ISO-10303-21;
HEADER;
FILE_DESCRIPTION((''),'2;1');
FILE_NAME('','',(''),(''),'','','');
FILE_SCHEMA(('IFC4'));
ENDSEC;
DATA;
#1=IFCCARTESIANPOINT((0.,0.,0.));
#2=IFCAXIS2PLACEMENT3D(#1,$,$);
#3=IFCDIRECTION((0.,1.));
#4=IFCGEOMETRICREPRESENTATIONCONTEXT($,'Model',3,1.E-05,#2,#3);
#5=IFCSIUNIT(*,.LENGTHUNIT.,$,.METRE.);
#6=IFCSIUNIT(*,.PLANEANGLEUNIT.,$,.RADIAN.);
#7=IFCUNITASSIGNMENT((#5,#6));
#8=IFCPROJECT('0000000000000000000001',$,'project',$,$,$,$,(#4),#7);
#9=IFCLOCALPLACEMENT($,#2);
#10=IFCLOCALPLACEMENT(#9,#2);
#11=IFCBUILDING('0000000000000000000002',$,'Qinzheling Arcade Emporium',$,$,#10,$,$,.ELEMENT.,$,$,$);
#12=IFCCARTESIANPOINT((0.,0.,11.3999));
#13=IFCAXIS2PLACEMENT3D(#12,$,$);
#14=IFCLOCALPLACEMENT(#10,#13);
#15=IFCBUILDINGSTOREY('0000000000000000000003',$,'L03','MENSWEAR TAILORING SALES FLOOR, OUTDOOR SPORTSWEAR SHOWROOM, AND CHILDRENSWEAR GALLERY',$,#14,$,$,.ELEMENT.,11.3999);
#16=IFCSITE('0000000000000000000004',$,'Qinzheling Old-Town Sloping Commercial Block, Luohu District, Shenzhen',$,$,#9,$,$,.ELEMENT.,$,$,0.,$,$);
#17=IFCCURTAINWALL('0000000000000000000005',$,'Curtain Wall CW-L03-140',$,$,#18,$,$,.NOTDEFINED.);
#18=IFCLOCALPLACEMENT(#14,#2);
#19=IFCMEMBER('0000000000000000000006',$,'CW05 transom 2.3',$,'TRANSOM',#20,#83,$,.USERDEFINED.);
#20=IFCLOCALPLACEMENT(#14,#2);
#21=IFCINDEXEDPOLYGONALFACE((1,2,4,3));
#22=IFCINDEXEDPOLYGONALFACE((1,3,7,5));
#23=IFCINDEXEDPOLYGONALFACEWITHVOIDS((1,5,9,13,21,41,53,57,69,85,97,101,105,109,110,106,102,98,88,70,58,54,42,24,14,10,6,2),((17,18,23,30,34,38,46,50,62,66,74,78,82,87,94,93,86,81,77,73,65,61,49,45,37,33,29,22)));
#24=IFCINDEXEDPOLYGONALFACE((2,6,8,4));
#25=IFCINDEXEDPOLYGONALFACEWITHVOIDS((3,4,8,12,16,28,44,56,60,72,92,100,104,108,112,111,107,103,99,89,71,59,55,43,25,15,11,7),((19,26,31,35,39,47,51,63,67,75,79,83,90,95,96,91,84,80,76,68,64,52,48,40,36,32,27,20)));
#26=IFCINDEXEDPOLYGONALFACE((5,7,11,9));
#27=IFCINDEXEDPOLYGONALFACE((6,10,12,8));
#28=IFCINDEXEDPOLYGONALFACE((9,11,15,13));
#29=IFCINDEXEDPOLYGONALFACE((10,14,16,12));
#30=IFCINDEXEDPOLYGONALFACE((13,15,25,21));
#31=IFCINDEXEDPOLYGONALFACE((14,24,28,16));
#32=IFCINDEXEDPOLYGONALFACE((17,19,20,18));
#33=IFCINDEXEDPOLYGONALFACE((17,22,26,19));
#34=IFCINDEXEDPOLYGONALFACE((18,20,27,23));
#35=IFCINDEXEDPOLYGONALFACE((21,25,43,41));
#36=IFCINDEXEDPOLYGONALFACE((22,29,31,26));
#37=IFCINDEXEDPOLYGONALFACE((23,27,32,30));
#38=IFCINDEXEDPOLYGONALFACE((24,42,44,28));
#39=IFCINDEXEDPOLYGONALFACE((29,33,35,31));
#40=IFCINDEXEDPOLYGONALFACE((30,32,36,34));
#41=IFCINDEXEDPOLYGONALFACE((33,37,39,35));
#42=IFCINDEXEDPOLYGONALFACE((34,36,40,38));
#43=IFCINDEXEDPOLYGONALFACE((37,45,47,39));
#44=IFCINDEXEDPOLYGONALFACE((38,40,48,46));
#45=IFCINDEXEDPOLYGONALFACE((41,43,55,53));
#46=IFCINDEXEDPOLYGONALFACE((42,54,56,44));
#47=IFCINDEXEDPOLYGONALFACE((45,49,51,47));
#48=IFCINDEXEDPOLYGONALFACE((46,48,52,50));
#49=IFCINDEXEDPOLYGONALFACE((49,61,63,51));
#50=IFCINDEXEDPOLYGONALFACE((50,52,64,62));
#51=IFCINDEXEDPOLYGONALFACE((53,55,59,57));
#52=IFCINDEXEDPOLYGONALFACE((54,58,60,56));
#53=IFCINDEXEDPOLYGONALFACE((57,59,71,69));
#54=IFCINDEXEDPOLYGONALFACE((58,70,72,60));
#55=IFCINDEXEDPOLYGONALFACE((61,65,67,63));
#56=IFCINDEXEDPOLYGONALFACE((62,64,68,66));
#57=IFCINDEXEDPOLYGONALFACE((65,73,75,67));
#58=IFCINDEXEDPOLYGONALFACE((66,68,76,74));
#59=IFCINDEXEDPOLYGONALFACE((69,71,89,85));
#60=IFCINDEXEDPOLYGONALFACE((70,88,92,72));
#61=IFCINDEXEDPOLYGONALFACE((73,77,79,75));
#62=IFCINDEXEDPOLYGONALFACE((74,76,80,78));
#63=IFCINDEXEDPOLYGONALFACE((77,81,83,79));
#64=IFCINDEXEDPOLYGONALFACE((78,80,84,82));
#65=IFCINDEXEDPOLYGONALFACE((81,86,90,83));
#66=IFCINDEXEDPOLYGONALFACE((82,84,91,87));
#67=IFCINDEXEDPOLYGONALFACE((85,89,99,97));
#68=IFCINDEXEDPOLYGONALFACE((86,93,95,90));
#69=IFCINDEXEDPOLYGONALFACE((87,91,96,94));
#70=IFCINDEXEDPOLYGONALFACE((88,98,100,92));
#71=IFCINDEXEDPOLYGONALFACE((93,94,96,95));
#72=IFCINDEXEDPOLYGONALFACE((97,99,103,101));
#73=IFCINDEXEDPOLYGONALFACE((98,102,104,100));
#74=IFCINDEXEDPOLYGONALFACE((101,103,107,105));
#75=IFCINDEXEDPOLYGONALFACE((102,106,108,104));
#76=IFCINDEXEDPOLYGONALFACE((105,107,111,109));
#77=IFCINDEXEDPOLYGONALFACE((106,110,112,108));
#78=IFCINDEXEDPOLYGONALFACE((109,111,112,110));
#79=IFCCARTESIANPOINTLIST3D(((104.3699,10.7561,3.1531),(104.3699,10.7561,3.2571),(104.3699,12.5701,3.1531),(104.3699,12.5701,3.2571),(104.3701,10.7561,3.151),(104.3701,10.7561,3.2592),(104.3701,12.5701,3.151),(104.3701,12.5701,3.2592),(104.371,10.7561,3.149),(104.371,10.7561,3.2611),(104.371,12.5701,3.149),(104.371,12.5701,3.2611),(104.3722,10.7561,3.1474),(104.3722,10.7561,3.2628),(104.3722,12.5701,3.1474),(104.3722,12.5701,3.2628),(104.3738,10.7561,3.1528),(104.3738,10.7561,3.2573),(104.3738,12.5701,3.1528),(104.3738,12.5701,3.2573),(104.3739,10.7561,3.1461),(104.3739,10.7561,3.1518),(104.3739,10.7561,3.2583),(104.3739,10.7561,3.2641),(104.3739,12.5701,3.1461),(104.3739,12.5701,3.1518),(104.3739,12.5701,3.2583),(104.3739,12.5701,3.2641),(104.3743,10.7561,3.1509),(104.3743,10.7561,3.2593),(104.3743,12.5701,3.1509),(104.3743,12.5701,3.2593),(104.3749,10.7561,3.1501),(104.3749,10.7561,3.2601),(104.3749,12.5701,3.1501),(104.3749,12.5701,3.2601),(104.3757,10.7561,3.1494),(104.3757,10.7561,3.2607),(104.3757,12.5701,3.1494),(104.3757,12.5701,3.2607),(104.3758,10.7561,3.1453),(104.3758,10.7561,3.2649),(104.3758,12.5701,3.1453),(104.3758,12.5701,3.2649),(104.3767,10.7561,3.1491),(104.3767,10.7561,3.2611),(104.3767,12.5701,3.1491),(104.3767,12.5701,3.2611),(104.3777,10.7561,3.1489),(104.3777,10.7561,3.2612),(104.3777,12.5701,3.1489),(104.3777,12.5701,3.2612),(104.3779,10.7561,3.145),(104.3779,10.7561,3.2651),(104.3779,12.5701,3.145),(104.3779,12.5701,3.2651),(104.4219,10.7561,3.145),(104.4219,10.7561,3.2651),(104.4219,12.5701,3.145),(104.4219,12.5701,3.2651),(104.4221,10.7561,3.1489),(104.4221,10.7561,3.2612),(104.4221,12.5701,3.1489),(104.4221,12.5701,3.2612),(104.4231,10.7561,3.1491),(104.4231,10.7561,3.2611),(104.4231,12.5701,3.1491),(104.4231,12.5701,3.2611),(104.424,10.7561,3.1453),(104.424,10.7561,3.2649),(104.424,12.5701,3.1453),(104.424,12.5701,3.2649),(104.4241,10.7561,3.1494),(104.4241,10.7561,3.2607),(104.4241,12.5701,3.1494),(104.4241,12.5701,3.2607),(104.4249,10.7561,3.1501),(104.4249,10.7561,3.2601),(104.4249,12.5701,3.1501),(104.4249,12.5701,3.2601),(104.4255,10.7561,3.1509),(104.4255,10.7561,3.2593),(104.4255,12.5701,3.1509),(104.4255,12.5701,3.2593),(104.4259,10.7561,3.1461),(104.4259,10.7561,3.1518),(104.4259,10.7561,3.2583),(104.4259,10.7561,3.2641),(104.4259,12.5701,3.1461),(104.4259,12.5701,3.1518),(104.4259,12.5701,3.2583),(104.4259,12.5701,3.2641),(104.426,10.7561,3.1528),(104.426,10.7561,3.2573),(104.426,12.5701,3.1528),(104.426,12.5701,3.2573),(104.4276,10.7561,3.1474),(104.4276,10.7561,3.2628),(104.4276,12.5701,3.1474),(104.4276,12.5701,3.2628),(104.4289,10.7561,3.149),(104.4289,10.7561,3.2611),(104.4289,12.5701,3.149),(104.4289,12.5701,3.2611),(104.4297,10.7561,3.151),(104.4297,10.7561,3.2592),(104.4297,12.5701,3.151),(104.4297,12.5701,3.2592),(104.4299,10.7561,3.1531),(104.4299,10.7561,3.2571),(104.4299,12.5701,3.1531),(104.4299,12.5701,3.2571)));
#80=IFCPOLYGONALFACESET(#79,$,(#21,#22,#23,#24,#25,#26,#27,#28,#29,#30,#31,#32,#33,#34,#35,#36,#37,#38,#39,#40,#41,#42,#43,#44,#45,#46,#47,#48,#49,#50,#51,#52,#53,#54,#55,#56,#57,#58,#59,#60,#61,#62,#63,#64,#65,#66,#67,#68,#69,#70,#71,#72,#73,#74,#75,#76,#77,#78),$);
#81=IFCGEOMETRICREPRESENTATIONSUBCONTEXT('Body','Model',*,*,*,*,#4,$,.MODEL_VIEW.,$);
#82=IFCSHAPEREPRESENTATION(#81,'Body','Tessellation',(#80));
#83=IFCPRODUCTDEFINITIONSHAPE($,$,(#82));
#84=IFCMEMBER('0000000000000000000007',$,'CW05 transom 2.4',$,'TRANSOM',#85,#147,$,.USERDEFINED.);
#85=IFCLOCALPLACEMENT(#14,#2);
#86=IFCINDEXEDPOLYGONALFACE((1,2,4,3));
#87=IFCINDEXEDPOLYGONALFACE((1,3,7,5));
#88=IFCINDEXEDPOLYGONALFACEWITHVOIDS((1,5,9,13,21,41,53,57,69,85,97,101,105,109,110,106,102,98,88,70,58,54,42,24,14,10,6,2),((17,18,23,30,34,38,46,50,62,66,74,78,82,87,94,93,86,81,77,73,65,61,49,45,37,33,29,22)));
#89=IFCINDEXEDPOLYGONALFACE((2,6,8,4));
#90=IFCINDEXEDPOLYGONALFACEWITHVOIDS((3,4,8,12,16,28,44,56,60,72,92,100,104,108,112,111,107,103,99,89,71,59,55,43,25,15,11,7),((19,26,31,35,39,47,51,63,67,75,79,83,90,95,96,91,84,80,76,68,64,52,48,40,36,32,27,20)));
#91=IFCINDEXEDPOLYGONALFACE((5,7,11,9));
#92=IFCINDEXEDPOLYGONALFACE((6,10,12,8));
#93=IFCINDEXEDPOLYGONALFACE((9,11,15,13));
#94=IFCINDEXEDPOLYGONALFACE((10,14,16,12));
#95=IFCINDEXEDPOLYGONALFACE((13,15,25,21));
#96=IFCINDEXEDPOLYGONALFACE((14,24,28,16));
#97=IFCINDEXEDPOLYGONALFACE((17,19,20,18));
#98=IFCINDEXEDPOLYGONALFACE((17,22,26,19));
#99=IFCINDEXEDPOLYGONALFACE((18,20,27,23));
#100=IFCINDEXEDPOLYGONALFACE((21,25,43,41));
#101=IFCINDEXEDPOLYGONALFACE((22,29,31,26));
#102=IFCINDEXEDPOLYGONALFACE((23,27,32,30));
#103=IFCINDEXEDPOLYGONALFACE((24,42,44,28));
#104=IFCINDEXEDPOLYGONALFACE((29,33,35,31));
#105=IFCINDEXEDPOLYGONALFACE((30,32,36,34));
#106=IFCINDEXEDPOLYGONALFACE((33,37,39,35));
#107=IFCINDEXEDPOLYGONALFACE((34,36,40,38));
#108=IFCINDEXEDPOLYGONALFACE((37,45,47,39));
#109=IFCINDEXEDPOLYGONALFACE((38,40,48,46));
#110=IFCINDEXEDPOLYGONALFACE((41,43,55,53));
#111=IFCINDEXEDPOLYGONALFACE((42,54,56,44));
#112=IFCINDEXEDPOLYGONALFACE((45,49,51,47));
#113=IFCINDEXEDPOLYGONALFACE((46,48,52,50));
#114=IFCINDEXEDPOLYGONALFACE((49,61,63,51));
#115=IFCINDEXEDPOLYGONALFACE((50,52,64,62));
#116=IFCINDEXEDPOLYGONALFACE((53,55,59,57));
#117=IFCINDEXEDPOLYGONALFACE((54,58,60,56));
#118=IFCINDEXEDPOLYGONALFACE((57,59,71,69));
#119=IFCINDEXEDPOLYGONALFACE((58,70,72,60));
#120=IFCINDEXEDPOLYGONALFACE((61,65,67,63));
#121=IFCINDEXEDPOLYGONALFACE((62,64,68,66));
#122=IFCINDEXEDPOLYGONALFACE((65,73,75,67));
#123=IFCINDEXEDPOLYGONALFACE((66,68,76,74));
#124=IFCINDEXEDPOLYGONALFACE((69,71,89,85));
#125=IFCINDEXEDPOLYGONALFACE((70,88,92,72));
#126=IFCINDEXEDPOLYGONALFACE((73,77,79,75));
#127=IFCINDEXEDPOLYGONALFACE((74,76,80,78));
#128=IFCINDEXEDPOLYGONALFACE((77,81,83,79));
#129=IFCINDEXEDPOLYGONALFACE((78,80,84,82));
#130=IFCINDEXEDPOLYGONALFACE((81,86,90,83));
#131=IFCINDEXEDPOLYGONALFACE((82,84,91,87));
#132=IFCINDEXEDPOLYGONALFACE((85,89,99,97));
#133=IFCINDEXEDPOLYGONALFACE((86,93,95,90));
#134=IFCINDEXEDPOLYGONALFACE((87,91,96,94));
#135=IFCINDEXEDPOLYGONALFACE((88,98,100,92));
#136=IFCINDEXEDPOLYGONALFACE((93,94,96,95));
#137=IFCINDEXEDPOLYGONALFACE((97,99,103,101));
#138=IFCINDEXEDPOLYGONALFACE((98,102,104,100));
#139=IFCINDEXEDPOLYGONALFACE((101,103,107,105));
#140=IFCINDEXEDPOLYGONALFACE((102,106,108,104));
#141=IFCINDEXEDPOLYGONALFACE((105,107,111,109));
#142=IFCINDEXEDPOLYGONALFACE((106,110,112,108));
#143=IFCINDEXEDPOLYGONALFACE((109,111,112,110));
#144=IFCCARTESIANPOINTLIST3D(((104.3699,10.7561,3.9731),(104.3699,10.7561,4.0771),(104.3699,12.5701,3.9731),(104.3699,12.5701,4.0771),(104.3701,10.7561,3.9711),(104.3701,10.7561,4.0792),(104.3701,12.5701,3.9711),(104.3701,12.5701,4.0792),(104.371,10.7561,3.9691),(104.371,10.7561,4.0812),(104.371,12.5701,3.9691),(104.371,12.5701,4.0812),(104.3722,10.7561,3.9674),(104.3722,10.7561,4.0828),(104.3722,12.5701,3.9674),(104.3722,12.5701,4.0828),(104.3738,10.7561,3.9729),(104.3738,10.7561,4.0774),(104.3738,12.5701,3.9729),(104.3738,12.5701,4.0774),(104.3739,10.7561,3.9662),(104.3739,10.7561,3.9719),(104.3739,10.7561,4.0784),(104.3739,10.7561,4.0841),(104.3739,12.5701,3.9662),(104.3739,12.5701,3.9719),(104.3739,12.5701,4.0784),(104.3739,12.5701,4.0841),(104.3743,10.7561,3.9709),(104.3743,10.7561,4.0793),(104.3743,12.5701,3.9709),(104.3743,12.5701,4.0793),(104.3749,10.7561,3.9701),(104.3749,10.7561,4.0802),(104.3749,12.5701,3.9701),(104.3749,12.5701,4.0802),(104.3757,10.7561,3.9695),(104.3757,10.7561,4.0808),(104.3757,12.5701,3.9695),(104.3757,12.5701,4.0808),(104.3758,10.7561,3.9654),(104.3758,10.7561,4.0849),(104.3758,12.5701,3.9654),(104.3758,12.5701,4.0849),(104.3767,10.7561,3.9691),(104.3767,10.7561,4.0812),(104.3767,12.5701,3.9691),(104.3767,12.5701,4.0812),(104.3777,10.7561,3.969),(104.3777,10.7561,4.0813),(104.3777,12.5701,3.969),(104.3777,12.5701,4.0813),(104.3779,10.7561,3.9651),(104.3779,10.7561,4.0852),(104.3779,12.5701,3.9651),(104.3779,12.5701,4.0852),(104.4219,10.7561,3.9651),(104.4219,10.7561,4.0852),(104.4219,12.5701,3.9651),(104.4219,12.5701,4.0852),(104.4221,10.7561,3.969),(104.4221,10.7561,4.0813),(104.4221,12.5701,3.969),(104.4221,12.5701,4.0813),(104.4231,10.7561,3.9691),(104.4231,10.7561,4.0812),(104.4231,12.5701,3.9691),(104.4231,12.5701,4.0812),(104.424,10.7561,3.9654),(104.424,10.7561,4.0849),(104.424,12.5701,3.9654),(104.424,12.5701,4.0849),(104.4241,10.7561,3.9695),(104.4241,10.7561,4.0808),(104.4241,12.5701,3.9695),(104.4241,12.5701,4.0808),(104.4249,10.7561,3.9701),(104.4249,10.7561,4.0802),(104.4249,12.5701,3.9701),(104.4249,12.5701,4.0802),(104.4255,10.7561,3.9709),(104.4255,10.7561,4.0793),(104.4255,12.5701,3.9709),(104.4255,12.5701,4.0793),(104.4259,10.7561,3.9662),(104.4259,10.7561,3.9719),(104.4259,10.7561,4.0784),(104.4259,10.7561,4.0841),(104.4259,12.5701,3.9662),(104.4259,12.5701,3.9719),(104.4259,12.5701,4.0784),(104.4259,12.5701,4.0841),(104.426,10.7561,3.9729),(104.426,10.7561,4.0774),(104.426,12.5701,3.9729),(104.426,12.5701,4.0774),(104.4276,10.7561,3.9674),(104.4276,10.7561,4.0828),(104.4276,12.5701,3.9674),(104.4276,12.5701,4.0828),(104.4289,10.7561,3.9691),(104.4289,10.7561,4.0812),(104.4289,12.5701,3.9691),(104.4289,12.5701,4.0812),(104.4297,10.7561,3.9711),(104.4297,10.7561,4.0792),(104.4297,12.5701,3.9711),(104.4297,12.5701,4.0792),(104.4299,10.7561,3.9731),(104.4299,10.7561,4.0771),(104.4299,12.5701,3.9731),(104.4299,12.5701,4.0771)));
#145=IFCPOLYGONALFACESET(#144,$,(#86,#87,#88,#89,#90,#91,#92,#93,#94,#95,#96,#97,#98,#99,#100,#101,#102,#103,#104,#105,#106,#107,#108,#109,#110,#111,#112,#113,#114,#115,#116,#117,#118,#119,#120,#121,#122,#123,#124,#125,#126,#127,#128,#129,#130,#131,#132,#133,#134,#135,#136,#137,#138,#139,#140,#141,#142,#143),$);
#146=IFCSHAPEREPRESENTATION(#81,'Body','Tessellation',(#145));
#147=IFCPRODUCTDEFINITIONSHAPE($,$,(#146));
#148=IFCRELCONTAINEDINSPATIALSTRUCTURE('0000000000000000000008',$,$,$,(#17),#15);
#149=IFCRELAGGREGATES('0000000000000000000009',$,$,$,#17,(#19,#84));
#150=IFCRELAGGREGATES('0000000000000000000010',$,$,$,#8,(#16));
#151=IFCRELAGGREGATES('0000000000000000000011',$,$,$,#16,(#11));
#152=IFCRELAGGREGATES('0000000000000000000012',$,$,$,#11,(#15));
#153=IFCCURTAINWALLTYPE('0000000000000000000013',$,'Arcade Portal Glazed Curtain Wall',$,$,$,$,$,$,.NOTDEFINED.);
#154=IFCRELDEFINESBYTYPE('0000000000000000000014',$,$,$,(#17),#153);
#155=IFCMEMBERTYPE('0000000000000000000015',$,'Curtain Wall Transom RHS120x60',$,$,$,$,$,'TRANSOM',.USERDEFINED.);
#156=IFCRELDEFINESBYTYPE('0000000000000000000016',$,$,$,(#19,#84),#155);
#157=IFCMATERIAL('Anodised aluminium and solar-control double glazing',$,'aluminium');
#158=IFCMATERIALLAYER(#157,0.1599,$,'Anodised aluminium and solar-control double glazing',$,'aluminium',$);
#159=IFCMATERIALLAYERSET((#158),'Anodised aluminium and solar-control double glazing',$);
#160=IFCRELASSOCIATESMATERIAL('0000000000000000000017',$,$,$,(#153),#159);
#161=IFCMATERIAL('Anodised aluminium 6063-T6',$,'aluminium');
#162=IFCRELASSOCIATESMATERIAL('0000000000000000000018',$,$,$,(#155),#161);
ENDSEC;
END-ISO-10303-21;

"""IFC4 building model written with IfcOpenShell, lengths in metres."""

from ifc_helpers import new_model, si_unit, direction, frame, origin, origin_2d, place, context, subcontext, project, spatial, hollow_rectangle, extrude, material, layer, layer_set, material_profile, profile_set, type_object, element, aggregate, save


model = new_model("IFC4")

# Units and contexts
model_context = context("Model", 3, precision=1e-05, world=origin(), true_north=direction((0.0, 1.0)))
body_context = subcontext(model_context, "Body", "Model", "MODEL_VIEW")
ifc_project = project(units=[si_unit("LENGTHUNIT", "METRE"), si_unit("PLANEANGLEUNIT", "RADIAN")], contexts=[model_context])

# Site, building, storey
site_placement = place(None, origin())
site = spatial("IfcSite", under=ifc_project, at=site_placement, Name="Qinzheling Old-Town Sloping Commercial Block, Luohu District, Shenzhen", CompositionType="ELEMENT", RefElevation=0.0)
building_placement = place(site_placement, origin())
building = spatial("IfcBuilding", under=site, at=building_placement, Name="Qinzheling Arcade Emporium", CompositionType="ELEMENT")
storey_placement = place(building_placement, frame((0.0, 0.0, 11.3999)))
storey = spatial("IfcBuildingStorey", under=building, at=storey_placement, Name="L03", Description="MENSWEAR TAILORING SALES FLOOR, OUTDOOR SPORTSWEAR SHOWROOM, AND CHILDRENSWEAR GALLERY", CompositionType="ELEMENT", Elevation=11.3999)

# Curtain wall, members
ifc_material_1 = material(Name="Anodised aluminium and solar-control double glazing", Category="aluminium")
ifc_layer_1 = layer(ifc_material_1, 0.1599, Name="Anodised aluminium and solar-control double glazing", Category="aluminium")
ifc_layer_set_1 = layer_set([ifc_layer_1], Name="Anodised aluminium and solar-control double glazing")
curtain_wall_type = type_object("IfcCurtainWallType", Name="Arcade Portal Glazed Curtain Wall", PredefinedType="NOTDEFINED", material=ifc_layer_set_1)
curtain_wall_placement = place(storey_placement, origin())
curtain_wall = element("IfcCurtainWall", 1, at=curtain_wall_placement, inside=storey, type_object=curtain_wall_type, Name="Curtain Wall CW-L03-140", PredefinedType="NOTDEFINED")
ifc_material_2 = material(Name="Anodised aluminium 6063-T6", Category="aluminium")
ifc_material_profile_1 = material_profile(ifc_material_2, hollow_rectangle(XDim=0.0601, YDim=0.1201, WallThickness=0.0039, InnerFilletRadius=0.0039, OuterFilletRadius=0.0081, at=origin_2d()), Name="RHS 120x60x4", Category="aluminium")
ifc_profile_set_1 = profile_set([ifc_material_profile_1], Name="Anodised aluminium 6063-T6")
member_type_1 = type_object("IfcMemberType", Name="Curtain Wall Transom RHS120x60", ElementType="TRANSOM", PredefinedType="USERDEFINED", material=ifc_profile_set_1)
member_1_placement = place(storey_placement, frame((104.3999, 10.7561, 3.2051), z_axis=(0.0, 1.0, 0.0), x_axis=(-1.0, 0.0, 0.0)))
member_1 = element("IfcMember", 2, at=member_1_placement, type_object=member_type_1, Name="CW05 transom 2.3", ObjectType="TRANSOM", PredefinedType="USERDEFINED", context=body_context, shape_type="SweptSolid", body=[
    extrude(hollow_rectangle(XDim=0.0601, YDim=0.1201, WallThickness=0.0039, InnerFilletRadius=0.0039, OuterFilletRadius=0.0081, at=origin_2d()), origin(), (0.0, 0.0, 1.0), 1.814),
])
member_2_placement = place(storey_placement, frame((104.3999, 10.7561, 4.0251), z_axis=(0.0, 1.0, 0.0), x_axis=(-1.0, 0.0, 0.0)))
member_2 = element("IfcMember", 3, at=member_2_placement, type_object=member_type_1, Name="CW05 transom 2.4", ObjectType="TRANSOM", PredefinedType="USERDEFINED", context=body_context, shape_type="SweptSolid", body=[
    extrude(hollow_rectangle(XDim=0.0601, YDim=0.1201, WallThickness=0.0039, InnerFilletRadius=0.0039, OuterFilletRadius=0.0081, at=origin_2d()), origin(), (0.0, 0.0, 1.0), 1.814),
])
aggregate(curtain_wall, [member_1, member_2])

save(model, "model.ifc")
